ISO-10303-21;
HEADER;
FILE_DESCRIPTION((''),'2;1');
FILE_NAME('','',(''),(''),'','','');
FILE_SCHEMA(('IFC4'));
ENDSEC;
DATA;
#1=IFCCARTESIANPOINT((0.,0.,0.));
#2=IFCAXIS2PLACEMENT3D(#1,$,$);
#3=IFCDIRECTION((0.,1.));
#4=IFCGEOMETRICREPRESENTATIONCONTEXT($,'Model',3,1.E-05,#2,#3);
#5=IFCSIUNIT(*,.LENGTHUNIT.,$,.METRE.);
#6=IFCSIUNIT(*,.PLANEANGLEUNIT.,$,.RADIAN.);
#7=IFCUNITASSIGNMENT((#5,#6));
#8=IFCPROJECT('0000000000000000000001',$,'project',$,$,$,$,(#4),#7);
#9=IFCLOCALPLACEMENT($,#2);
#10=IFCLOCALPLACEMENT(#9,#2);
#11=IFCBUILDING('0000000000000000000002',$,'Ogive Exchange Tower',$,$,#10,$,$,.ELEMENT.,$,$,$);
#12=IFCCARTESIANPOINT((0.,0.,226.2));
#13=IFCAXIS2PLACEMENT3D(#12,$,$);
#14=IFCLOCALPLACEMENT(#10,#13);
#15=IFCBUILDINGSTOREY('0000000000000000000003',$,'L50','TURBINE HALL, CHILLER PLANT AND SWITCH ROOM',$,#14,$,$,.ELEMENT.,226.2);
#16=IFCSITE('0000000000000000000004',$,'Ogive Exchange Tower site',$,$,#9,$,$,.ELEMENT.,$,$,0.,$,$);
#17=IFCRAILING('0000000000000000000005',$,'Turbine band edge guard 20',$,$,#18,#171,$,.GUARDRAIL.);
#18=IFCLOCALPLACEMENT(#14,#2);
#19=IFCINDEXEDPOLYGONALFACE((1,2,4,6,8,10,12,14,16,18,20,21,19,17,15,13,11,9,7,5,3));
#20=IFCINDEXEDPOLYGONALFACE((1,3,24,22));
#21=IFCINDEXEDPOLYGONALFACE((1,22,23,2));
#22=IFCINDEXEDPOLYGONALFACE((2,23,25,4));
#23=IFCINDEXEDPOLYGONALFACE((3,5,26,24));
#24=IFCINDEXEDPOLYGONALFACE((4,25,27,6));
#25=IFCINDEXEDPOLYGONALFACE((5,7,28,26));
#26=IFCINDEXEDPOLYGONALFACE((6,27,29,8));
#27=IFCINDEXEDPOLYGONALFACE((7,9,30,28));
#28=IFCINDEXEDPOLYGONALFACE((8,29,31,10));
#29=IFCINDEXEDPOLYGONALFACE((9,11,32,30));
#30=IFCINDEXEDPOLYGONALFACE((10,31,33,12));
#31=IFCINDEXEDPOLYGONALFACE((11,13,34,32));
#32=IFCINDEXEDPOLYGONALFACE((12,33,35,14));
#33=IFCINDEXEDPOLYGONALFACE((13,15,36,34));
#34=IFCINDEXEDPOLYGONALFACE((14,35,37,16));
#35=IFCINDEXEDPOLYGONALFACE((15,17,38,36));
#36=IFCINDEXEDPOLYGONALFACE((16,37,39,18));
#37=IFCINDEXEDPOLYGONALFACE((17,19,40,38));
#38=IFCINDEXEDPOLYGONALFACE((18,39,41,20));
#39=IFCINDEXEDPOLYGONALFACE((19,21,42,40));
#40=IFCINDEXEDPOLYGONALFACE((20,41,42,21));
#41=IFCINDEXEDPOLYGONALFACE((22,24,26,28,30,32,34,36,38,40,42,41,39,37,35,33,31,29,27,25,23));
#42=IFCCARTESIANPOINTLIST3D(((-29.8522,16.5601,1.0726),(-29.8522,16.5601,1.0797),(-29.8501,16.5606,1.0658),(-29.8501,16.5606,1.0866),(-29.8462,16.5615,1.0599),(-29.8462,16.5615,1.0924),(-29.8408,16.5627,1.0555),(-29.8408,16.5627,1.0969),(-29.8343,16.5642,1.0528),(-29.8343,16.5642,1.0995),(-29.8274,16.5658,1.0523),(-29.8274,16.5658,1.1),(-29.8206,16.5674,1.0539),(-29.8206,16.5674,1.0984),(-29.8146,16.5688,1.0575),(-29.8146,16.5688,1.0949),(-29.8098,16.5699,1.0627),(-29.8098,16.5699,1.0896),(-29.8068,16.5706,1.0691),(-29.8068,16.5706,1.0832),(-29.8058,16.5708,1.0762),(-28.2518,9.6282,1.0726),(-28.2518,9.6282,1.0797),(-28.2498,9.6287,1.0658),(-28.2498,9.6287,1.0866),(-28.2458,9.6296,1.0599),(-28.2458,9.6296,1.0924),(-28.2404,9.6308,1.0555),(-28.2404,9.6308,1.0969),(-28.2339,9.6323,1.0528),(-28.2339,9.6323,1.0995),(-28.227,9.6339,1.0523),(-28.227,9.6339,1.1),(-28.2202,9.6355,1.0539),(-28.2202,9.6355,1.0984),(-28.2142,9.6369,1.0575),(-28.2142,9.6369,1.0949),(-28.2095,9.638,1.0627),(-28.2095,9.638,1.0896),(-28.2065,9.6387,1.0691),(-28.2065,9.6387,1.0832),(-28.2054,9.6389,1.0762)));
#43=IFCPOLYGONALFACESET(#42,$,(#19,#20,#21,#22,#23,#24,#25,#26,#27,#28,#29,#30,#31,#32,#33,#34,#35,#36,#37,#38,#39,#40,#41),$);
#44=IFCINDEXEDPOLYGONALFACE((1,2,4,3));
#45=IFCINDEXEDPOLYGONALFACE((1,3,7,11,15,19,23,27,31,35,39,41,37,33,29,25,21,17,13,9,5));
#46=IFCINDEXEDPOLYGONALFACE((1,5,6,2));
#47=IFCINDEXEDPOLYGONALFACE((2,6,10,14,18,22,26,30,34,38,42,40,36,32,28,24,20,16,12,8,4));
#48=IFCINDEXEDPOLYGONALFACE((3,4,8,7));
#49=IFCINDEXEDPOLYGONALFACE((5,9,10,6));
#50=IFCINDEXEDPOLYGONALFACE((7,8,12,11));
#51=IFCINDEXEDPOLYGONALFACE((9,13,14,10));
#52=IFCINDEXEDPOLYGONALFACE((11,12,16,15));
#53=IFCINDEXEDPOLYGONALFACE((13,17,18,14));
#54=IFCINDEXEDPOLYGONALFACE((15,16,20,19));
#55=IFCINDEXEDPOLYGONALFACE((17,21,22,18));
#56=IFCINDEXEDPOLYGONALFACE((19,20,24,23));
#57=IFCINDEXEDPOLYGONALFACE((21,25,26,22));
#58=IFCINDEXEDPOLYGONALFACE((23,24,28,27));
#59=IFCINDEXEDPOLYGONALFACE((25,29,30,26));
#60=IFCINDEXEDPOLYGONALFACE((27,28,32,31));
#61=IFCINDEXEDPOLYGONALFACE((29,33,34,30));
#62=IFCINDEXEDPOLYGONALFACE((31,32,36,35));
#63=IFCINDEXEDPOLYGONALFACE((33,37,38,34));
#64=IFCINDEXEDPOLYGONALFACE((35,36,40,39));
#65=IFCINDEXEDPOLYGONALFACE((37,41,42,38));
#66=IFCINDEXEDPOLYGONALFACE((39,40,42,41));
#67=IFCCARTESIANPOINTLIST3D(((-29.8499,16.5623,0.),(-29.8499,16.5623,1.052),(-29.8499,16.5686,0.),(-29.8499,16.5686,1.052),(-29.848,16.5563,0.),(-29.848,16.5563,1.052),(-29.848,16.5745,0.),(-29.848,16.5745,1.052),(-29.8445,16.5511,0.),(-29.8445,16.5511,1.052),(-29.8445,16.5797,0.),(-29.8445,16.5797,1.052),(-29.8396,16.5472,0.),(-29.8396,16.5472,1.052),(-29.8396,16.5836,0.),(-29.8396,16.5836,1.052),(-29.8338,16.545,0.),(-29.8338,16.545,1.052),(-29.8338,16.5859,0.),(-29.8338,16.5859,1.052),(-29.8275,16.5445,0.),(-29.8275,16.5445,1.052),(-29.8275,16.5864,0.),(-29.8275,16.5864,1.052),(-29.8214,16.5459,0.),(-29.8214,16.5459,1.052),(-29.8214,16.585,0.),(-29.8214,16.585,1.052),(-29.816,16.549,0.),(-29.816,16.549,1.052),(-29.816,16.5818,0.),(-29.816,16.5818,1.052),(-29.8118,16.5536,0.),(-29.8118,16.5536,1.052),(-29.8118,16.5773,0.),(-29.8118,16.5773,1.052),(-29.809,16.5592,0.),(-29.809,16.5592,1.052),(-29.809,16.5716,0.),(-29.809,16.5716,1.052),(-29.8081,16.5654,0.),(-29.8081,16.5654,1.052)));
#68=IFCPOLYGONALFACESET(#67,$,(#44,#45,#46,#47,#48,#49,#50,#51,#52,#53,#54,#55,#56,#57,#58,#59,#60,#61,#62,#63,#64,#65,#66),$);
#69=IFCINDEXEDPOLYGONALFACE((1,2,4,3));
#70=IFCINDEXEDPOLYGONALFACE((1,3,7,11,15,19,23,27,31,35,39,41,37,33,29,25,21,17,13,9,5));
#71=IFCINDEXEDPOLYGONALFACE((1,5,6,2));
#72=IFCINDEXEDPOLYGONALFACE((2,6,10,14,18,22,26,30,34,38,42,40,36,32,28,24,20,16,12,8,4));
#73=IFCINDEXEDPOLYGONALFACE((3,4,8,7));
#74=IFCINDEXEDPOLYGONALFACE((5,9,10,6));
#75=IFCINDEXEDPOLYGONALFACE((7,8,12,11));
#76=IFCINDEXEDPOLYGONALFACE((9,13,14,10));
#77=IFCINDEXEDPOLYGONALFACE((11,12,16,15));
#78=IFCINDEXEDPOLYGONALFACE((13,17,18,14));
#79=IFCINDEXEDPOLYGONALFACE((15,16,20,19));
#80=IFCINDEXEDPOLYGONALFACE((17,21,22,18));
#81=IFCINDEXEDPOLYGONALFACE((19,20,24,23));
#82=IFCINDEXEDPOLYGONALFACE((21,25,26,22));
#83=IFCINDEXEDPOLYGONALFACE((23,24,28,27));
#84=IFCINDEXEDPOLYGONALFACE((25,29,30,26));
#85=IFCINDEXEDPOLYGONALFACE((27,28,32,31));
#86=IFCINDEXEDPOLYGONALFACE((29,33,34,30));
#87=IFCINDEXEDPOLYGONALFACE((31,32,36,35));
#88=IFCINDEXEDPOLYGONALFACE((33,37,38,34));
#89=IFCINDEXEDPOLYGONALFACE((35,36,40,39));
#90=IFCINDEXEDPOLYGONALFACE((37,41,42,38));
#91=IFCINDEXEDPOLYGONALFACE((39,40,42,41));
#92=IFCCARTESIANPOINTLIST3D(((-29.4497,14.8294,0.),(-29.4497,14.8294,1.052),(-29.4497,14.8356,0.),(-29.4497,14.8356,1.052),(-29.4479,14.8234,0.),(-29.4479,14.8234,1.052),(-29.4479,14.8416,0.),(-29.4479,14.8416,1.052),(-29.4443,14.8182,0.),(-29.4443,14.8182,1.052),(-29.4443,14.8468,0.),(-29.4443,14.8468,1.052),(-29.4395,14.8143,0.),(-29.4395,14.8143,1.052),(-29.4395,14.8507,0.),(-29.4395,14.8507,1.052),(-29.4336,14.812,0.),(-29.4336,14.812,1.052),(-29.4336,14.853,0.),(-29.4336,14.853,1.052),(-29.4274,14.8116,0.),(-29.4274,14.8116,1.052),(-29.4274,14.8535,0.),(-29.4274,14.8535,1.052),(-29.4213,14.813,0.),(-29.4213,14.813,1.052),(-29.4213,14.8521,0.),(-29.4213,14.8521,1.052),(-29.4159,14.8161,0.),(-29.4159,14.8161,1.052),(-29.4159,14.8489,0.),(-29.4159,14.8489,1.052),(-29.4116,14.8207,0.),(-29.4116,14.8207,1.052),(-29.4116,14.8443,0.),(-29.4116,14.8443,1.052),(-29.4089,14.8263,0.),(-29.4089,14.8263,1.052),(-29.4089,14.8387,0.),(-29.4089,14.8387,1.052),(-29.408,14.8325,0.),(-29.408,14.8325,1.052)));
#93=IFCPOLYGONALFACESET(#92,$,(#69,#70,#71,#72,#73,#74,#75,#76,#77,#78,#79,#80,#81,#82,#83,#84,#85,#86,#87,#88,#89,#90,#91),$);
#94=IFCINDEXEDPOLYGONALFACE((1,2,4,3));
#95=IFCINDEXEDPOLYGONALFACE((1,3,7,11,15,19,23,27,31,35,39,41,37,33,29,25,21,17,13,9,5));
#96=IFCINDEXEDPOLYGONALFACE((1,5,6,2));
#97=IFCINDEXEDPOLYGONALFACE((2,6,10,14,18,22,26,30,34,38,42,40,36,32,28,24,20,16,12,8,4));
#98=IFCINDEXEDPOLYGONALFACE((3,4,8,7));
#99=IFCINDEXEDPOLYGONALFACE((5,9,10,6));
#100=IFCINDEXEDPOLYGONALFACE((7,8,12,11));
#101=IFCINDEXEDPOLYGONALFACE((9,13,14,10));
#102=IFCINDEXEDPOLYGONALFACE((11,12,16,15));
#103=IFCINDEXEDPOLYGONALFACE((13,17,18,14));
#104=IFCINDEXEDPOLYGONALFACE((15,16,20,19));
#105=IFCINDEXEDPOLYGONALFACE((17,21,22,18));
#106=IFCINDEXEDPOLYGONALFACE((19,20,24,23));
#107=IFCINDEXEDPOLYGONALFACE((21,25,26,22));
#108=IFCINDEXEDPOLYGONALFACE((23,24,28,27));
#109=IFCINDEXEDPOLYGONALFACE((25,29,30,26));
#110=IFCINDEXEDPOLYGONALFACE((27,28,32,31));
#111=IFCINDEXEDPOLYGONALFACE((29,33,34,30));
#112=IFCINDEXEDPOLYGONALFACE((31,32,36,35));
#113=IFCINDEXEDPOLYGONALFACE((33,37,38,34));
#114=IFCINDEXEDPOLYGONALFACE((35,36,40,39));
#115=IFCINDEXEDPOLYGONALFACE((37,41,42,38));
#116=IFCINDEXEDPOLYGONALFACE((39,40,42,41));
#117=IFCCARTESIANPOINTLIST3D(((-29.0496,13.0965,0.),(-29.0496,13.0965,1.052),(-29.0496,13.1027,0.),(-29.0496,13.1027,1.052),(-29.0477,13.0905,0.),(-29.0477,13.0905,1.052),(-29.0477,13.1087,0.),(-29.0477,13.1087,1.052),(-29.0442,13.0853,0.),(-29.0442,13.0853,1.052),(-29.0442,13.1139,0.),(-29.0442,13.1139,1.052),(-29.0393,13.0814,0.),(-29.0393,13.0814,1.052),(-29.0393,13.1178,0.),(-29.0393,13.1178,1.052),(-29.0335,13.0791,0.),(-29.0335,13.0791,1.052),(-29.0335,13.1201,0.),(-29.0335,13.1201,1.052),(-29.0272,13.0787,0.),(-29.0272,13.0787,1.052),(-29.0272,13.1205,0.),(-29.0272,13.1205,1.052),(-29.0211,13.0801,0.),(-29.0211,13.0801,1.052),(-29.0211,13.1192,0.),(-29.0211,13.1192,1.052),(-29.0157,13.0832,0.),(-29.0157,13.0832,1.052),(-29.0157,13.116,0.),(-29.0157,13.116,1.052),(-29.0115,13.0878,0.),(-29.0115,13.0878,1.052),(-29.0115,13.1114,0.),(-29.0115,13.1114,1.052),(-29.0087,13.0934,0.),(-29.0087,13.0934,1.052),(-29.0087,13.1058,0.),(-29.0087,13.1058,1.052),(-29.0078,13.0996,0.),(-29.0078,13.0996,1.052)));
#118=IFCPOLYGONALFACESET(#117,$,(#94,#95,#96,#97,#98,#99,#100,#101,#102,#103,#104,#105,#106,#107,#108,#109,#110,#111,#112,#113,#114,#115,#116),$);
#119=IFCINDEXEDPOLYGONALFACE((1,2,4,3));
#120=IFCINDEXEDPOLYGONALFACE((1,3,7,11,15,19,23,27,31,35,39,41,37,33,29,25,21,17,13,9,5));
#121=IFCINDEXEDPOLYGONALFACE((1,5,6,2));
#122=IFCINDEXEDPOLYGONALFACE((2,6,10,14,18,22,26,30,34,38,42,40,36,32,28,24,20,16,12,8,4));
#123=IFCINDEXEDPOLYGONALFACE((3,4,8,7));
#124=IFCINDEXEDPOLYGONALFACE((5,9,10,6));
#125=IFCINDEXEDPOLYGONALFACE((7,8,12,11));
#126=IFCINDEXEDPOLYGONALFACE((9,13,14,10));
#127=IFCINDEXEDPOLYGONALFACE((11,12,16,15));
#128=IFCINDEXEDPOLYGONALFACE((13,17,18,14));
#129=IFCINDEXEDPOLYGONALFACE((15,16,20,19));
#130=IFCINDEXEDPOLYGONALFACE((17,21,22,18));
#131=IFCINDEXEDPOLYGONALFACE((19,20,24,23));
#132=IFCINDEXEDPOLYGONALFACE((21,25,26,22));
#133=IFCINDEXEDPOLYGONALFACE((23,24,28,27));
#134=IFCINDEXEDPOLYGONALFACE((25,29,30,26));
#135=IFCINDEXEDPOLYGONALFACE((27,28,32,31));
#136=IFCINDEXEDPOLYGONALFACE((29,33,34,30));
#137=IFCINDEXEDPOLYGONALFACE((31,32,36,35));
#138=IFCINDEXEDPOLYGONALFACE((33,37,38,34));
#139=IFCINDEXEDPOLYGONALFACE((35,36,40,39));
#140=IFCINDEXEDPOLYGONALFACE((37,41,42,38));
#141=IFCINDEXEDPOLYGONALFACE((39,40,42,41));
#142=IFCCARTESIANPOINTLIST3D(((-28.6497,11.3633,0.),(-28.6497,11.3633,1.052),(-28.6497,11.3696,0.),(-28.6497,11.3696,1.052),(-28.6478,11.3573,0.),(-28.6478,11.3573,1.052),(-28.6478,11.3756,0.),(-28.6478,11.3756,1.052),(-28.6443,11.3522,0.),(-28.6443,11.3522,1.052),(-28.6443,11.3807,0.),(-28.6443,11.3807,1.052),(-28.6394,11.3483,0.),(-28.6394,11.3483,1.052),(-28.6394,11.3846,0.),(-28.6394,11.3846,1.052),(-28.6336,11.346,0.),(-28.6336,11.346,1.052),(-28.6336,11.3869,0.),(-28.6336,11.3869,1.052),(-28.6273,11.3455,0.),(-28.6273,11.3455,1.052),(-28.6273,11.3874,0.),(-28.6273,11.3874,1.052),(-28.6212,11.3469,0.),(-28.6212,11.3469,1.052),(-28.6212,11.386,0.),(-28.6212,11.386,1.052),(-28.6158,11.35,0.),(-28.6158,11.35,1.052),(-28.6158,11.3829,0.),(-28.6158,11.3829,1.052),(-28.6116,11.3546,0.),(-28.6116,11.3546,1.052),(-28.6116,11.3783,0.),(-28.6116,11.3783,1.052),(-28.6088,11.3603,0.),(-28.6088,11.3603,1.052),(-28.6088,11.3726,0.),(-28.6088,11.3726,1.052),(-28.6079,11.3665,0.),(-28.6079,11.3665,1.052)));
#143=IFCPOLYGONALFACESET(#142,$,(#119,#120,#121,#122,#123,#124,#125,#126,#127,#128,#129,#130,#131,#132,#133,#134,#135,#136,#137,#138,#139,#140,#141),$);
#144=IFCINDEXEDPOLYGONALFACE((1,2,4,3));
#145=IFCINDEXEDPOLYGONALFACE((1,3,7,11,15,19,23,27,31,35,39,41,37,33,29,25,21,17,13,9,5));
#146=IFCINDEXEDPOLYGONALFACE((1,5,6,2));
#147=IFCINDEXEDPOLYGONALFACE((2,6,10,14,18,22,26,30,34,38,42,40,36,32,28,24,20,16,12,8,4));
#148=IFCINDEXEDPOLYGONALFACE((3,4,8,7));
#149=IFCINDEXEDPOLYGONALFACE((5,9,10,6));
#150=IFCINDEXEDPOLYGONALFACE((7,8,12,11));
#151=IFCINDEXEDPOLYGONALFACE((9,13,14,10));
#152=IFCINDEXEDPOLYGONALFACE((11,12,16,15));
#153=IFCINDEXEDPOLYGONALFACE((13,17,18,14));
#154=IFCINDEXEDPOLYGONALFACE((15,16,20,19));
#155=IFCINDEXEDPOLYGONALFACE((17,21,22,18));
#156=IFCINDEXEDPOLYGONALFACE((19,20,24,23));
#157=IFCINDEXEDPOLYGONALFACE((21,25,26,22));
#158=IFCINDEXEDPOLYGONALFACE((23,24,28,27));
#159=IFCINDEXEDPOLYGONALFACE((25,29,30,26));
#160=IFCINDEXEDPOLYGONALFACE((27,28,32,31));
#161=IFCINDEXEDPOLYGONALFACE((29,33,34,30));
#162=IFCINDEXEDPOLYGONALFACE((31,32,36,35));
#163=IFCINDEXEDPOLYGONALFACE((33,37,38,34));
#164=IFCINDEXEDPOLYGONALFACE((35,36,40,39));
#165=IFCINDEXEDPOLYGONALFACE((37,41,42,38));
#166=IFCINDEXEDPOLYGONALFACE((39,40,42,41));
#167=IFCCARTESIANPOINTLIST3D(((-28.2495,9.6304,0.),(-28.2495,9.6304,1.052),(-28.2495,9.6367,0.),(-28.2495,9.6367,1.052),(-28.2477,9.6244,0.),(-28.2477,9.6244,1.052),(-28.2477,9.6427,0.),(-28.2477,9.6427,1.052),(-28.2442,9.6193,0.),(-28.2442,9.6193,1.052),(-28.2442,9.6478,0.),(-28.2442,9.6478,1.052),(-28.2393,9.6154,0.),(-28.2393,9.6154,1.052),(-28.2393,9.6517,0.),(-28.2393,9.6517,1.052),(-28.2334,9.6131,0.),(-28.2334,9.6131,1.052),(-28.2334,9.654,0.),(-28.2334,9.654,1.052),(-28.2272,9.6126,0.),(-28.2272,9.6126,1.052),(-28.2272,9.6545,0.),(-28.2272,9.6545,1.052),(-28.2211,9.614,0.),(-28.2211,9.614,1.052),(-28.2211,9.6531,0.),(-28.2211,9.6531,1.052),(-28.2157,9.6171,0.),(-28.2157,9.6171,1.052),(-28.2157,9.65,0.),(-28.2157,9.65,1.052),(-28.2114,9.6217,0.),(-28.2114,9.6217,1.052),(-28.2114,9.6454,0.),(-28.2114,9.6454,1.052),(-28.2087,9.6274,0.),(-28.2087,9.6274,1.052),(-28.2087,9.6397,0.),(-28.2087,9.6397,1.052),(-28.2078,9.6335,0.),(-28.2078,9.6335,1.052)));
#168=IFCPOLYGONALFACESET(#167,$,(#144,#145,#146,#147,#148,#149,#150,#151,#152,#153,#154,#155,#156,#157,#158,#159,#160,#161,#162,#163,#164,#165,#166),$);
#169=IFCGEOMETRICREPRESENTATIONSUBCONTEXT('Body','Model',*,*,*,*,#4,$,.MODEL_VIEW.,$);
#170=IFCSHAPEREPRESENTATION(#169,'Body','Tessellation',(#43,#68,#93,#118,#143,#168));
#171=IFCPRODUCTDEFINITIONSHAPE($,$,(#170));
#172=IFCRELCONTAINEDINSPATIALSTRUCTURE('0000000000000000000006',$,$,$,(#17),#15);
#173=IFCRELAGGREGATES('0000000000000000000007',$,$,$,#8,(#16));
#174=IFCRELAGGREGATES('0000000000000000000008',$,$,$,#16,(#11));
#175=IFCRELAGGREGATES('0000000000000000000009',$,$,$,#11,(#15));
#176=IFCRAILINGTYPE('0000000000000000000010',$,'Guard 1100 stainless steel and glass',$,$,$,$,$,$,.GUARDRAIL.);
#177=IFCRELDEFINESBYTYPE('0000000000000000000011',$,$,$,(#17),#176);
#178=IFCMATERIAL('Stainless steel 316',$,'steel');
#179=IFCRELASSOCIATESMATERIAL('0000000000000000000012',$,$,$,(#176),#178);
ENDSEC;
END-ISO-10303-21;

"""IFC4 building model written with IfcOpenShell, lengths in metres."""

from ifc_helpers import new_model, si_unit, direction, frame, origin, origin_2d, place, context, subcontext, project, spatial, circle, extrude, material, type_object, element, save


model = new_model("IFC4")

# Units and contexts
model_context = context("Model", 3, precision=1e-05, world=origin(), true_north=direction((0.0, 1.0)))
body_context = subcontext(model_context, "Body", "Model", "MODEL_VIEW")
ifc_project = project(units=[si_unit("LENGTHUNIT", "METRE"), si_unit("PLANEANGLEUNIT", "RADIAN")], contexts=[model_context])

# Site, building, storey
site_placement = place(None, origin())
site = spatial("IfcSite", under=ifc_project, at=site_placement, Name="Ogive Exchange Tower site", CompositionType="ELEMENT", RefElevation=0.0)
building_placement = place(site_placement, origin())
building = spatial("IfcBuilding", under=site, at=building_placement, Name="Ogive Exchange Tower", CompositionType="ELEMENT")
storey_placement = place(building_placement, frame((0.0, 0.0, 226.2)))
storey = spatial("IfcBuildingStorey", under=building, at=storey_placement, Name="L50", Description="TURBINE HALL, CHILLER PLANT AND SWITCH ROOM", CompositionType="ELEMENT", Elevation=226.2)

# Railing
ifc_material_1 = material(Name="Stainless steel 316", Category="steel")
railing_type_1 = type_object("IfcRailingType", Name="Guard 1100 stainless steel and glass", PredefinedType="GUARDRAIL", material=ifc_material_1)
for number, where, name in (
    (1, (-29.8291, 16.5654, 0.0), "Turbine band edge guard 20"),
):
    element("IfcRailing", number, at=place(storey_placement, frame(where)), inside=storey, type_object=railing_type_1, Name=name, PredefinedType="GUARDRAIL", context=body_context, shape_type="SweptSolid", body=[
        extrude(circle(Radius=0.0239, at=origin_2d()), frame((0.0, 0.0, 1.0762), z_axis=(0.22495, -0.97437, 0.0), x_axis=(0.97437, 0.22495, 0.0)), (0.0, 0.0, 1.0), 7.1143),
        extrude(circle(Radius=0.021, at=origin_2d()), origin(), (0.0, 0.0, 1.0), 1.052),
        extrude(circle(Radius=0.021, at=origin_2d()), frame((0.4001, -1.7329, 0.0)), (0.0, 0.0, 1.0), 1.052),
        extrude(circle(Radius=0.021, at=origin_2d()), frame((0.8003, -3.4658, 0.0)), (0.0, 0.0, 1.0), 1.052),
        extrude(circle(Radius=0.021, at=origin_2d()), frame((1.2002, -5.199, 0.0)), (0.0, 0.0, 1.0), 1.052),
        extrude(circle(Radius=0.021, at=origin_2d()), frame((1.6003, -6.9319, 0.0)), (0.0, 0.0, 1.0), 1.052),
    ])

save(model, "model.ifc")
